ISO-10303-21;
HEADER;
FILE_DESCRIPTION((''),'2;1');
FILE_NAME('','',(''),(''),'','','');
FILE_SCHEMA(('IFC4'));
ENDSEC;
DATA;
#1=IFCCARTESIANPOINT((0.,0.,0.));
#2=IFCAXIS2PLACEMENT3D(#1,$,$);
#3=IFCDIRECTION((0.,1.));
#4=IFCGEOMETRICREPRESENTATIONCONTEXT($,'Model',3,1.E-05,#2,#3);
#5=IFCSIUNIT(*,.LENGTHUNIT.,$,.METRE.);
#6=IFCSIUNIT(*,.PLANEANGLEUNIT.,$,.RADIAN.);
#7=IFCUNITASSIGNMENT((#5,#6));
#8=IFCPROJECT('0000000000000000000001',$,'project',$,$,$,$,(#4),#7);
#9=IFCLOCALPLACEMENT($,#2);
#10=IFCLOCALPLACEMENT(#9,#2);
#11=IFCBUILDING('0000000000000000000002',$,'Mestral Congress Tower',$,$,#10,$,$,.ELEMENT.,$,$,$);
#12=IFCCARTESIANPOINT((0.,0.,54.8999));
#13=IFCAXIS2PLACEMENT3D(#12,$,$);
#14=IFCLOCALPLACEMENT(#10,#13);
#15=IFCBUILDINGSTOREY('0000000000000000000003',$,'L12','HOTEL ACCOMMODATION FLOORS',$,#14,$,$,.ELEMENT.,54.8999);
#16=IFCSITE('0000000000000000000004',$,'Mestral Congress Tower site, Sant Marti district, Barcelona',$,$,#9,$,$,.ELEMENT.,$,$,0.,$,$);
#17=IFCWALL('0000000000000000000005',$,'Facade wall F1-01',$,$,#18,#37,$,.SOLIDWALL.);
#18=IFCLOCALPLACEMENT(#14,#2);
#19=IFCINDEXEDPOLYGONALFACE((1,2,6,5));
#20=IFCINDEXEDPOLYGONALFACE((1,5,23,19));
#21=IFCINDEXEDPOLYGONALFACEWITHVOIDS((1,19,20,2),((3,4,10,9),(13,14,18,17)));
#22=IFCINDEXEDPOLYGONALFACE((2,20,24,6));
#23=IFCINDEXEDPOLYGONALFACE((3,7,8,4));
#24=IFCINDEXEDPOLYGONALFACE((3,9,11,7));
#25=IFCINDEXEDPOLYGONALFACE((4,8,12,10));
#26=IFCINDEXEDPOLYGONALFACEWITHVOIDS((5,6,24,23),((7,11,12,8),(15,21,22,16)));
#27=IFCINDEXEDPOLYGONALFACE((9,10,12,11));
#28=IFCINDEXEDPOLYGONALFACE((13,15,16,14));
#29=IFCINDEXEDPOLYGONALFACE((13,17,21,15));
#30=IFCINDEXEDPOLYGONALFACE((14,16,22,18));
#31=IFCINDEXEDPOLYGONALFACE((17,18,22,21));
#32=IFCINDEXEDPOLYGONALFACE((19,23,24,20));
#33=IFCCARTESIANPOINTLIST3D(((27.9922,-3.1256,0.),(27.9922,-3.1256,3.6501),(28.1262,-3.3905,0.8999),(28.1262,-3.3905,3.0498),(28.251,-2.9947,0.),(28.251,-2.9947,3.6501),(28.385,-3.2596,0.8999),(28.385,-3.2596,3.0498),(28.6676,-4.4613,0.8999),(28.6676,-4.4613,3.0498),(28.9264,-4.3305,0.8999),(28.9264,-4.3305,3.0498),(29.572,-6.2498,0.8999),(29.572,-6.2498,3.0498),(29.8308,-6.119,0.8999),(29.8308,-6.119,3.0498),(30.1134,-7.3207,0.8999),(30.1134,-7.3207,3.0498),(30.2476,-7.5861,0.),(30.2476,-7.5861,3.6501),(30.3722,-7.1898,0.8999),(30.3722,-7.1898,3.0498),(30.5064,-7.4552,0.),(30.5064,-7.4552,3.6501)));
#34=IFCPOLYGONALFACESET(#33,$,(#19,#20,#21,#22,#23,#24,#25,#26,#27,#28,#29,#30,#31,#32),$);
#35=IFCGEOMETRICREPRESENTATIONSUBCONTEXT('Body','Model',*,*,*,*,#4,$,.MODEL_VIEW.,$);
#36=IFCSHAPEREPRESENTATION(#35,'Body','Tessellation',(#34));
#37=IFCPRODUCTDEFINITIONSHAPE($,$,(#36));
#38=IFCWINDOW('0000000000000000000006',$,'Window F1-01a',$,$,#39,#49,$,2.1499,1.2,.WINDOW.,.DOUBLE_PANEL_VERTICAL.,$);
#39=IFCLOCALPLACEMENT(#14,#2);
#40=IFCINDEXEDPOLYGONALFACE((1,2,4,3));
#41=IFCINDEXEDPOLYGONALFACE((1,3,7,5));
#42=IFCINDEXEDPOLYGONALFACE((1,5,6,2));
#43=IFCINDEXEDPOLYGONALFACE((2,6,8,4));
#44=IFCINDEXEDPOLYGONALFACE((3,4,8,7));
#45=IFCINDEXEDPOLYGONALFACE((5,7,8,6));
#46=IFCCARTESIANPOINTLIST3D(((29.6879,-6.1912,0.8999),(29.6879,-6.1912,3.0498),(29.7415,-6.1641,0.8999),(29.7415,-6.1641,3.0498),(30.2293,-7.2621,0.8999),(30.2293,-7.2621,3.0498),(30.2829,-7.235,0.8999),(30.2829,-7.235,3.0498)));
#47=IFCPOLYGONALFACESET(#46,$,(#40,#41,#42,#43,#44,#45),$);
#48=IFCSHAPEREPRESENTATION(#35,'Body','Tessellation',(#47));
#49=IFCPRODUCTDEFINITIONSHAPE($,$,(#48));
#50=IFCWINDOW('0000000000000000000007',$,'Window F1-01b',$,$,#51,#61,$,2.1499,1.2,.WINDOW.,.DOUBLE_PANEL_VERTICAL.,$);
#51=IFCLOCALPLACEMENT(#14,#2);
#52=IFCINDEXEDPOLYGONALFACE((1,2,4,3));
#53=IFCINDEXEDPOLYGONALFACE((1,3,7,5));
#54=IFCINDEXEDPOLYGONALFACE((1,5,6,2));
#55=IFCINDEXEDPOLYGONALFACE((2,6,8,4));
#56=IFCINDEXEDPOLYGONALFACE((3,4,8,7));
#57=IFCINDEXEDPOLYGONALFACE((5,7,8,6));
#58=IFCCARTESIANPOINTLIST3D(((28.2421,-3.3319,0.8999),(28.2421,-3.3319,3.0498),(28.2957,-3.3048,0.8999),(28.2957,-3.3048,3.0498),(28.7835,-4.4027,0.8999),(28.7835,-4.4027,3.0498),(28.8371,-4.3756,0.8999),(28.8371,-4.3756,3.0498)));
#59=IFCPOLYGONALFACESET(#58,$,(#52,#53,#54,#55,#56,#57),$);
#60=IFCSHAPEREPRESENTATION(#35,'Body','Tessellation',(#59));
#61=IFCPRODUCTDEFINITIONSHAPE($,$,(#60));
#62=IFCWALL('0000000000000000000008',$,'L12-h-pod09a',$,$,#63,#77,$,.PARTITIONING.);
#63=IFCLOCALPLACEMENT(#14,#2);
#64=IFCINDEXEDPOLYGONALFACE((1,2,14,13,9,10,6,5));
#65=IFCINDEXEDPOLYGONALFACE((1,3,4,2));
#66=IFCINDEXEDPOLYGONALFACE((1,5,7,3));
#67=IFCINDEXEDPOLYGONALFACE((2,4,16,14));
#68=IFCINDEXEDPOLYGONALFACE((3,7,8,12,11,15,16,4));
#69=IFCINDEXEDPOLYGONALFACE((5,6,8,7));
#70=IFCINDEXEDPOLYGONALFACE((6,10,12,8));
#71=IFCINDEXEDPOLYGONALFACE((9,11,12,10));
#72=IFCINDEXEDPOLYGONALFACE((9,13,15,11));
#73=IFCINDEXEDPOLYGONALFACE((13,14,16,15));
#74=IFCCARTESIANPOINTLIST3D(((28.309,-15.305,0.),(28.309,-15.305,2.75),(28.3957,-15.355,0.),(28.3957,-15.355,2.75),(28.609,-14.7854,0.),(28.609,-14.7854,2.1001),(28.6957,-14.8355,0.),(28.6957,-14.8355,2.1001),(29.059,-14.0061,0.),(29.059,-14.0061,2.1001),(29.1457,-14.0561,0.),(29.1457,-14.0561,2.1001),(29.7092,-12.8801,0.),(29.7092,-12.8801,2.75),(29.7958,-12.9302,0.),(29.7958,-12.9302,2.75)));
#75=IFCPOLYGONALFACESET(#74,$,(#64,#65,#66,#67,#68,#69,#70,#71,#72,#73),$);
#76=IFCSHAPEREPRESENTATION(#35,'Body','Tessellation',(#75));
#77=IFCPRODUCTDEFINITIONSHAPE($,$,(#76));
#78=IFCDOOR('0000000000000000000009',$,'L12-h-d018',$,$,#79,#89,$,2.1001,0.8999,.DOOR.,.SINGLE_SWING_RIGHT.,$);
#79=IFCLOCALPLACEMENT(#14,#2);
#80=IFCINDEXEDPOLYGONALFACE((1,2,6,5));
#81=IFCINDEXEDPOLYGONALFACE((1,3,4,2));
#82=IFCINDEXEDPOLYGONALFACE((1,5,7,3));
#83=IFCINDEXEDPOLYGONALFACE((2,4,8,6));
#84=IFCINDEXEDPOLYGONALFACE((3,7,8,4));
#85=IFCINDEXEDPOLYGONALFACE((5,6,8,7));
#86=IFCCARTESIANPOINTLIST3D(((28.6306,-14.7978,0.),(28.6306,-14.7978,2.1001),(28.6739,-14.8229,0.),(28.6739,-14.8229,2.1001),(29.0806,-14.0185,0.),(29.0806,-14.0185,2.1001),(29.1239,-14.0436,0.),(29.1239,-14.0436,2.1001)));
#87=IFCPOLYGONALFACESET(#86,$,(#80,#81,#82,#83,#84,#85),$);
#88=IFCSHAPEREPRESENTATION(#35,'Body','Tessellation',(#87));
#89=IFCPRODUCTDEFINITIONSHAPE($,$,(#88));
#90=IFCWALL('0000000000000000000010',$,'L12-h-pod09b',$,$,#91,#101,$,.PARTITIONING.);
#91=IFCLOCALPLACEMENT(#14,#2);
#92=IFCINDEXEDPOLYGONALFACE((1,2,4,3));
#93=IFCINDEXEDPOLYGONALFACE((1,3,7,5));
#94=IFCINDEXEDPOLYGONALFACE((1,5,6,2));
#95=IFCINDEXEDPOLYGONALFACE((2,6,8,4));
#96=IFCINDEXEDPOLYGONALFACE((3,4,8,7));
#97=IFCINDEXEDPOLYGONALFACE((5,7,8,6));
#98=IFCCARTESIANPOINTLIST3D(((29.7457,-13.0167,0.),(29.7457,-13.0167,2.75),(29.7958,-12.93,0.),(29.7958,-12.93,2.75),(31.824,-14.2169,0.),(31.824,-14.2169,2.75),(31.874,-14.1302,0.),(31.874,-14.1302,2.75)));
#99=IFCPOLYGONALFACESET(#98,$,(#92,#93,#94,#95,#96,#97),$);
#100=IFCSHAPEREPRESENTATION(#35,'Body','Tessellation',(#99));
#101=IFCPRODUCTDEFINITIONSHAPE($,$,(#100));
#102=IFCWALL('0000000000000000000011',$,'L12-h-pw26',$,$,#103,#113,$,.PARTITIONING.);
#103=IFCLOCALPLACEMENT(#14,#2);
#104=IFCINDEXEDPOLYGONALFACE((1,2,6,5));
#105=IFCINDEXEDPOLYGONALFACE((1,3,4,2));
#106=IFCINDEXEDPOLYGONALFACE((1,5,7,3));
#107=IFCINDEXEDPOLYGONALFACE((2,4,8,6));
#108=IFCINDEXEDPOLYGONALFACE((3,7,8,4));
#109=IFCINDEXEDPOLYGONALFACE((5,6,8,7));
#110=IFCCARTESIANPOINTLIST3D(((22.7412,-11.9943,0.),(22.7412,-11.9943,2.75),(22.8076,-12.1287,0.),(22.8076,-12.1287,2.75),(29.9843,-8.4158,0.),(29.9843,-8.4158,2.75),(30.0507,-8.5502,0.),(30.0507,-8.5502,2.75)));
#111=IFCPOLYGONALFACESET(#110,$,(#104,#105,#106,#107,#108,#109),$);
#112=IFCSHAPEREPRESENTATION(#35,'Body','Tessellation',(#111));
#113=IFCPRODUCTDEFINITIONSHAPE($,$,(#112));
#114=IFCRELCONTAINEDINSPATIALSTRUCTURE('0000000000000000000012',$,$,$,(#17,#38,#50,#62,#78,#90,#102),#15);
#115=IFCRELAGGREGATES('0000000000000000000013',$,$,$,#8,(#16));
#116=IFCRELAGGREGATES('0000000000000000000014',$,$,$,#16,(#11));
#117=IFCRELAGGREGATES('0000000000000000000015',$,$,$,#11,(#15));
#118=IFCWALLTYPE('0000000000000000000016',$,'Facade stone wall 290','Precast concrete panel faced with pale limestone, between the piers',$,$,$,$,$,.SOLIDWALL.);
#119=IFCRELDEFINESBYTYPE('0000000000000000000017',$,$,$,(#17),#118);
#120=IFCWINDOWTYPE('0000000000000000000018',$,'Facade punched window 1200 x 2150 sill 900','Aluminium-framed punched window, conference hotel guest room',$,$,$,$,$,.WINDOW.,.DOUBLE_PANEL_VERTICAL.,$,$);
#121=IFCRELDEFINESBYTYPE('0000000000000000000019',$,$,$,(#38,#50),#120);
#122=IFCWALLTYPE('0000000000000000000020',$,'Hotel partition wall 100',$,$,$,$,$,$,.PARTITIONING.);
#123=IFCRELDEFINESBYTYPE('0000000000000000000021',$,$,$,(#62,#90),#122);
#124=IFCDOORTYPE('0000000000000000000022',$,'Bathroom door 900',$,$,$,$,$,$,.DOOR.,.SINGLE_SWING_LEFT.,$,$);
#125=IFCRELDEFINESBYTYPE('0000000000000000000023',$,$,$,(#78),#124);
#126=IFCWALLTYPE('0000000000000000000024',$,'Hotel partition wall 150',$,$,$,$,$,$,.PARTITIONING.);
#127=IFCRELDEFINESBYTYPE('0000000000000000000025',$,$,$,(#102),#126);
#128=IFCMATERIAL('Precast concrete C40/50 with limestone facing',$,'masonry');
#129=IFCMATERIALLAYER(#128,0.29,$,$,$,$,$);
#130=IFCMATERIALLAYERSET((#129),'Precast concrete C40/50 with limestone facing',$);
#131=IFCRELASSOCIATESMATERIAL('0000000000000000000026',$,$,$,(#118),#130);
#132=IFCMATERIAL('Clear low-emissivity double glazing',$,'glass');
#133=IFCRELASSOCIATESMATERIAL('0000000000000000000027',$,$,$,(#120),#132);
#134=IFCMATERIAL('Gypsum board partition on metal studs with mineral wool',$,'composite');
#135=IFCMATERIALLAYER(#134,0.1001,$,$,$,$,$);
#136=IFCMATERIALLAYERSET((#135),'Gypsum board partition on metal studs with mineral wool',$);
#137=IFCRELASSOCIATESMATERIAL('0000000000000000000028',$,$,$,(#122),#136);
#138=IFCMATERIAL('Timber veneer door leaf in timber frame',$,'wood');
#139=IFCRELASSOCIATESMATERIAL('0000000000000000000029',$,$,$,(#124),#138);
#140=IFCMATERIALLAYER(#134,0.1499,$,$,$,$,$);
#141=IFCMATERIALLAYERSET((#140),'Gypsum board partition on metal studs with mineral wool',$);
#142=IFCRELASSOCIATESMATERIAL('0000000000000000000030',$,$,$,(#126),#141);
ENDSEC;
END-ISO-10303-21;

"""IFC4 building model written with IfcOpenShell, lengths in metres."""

from ifc_helpers import new_model, si_unit, direction, frame, frame_2d, origin, place, context, subcontext, project, spatial, rectangle, extrude, material, layer, layer_set, type_object, element, fill, save


model = new_model("IFC4")

# Units and contexts
model_context = context("Model", 3, precision=1e-05, world=origin(), true_north=direction((0.0, 1.0)))
body_context = subcontext(model_context, "Body", "Model", "MODEL_VIEW")
ifc_project = project(units=[si_unit("LENGTHUNIT", "METRE"), si_unit("PLANEANGLEUNIT", "RADIAN")], contexts=[model_context])

# Site, building, storey
site_placement = place(None, origin())
site = spatial("IfcSite", under=ifc_project, at=site_placement, Name="Mestral Congress Tower site, Sant Marti district, Barcelona", CompositionType="ELEMENT", RefElevation=0.0)
building_placement = place(site_placement, origin())
building = spatial("IfcBuilding", under=site, at=building_placement, Name="Mestral Congress Tower", CompositionType="ELEMENT")
storey_placement = place(building_placement, frame((0.0, 0.0, 54.8999)))
storey = spatial("IfcBuildingStorey", under=building, at=storey_placement, Name="L12", Description="HOTEL ACCOMMODATION FLOORS", CompositionType="ELEMENT", Elevation=54.8999)

# Shared definitions
ifc_material_1 = material(Name="Precast concrete C40/50 with limestone facing", Category="masonry")
ifc_layer_1 = layer(ifc_material_1, 0.29)
ifc_layer_set_1 = layer_set([ifc_layer_1], Name="Precast concrete C40/50 with limestone facing")
wall_type_1 = type_object("IfcWallType", Name="Facade stone wall 290", Description="Precast concrete panel faced with pale limestone, between the piers", PredefinedType="SOLIDWALL", material=ifc_layer_set_1)
ifc_material_2 = material(Name="Clear low-emissivity double glazing", Category="glass")

# Wall, openings, windows
window_type_1 = type_object("IfcWindowType", Name="Facade punched window 1200 x 2150 sill 900", Description="Aluminium-framed punched window, conference hotel guest room", PartitioningType="DOUBLE_PANEL_VERTICAL", PredefinedType="WINDOW", material=ifc_material_2)
wall_1_placement = place(storey_placement, frame((30.377, -7.5205, 0.0), z_axis=(0.0, 0.0, 1.0), x_axis=(-0.451234, 0.892406, 0.0)))
wall_1 = element("IfcWall", 1, at=wall_1_placement, inside=storey, type_object=wall_type_1, Name="Facade wall F1-01", PredefinedType="SOLIDWALL", context=body_context, shape_type="SweptSolid", body=[
    extrude(rectangle(XDim=4.9983, YDim=0.29, at=frame_2d((2.499, 0.0))), origin(), (0.0, 0.0, 1.0), 3.6501),
])
opening_1_placement = place(wall_1_placement, frame((0.2971, 0.0, 0.8999)))
opening_1 = element("IfcOpeningElement", 2, at=opening_1_placement, cuts=wall_1, PredefinedType="OPENING", context=body_context, shape_type="SweptSolid", body=[
    extrude(rectangle(XDim=1.2, YDim=2.1499, at=frame_2d((0.6001, 1.075))), frame((0.0, 0.155, 0.0), z_axis=(0.0, -1.0, 0.0), x_axis=(1.0, 0.0, 0.0)), (0.0, 0.0, 1.0), 0.3101),
])
opening_2_placement = place(wall_1_placement, frame((3.5012, 0.0, 0.8999)))
opening_2 = element("IfcOpeningElement", 3, at=opening_2_placement, cuts=wall_1, PredefinedType="OPENING", context=body_context, shape_type="SweptSolid", body=[
    extrude(rectangle(XDim=1.2, YDim=2.1499, at=frame_2d((0.6001, 1.075))), frame((0.0, 0.155, 0.0), z_axis=(0.0, -1.0, 0.0), x_axis=(1.0, 0.0, 0.0)), (0.0, 0.0, 1.0), 0.3101),
])
window_1_placement = place(opening_1_placement, origin())
window_1 = element("IfcWindow", 4, at=window_1_placement, inside=storey, type_object=window_type_1, Name="Window F1-01a", OverallHeight=2.1499, OverallWidth=1.2, PartitioningType="DOUBLE_PANEL_VERTICAL", PredefinedType="WINDOW", context=body_context, shape_type="SweptSolid", body=[
    extrude(rectangle(XDim=1.2, YDim=2.1499, at=frame_2d((0.6001, 1.075))), frame((0.0, 0.0151, 0.0), z_axis=(0.0, -1.0, 0.0), x_axis=(1.0, 0.0, 0.0)), (0.0, 0.0, 1.0), 0.0601),
])
fill(opening_1, window_1)
window_2_placement = place(opening_2_placement, origin())
window_2 = element("IfcWindow", 5, at=window_2_placement, inside=storey, type_object=window_type_1, Name="Window F1-01b", OverallHeight=2.1499, OverallWidth=1.2, PartitioningType="DOUBLE_PANEL_VERTICAL", PredefinedType="WINDOW", context=body_context, shape_type="SweptSolid", body=[
    extrude(rectangle(XDim=1.2, YDim=2.1499, at=frame_2d((0.6001, 1.075))), frame((0.0, 0.0151, 0.0), z_axis=(0.0, -1.0, 0.0), x_axis=(1.0, 0.0, 0.0)), (0.0, 0.0, 1.0), 0.0601),
])
fill(opening_2, window_2)

# Wall, opening, door
ifc_material_3 = material(Name="Gypsum board partition on metal studs with mineral wool", Category="composite")
ifc_layer_2 = layer(ifc_material_3, 0.1001)
ifc_layer_set_2 = layer_set([ifc_layer_2], Name="Gypsum board partition on metal studs with mineral wool")
wall_type_2 = type_object("IfcWallType", Name="Hotel partition wall 100", PredefinedType="PARTITIONING", material=ifc_layer_set_2)
wall_2_placement = place(storey_placement, frame((29.7524, -12.9053, 0.0), z_axis=(0.0, 0.0, 1.0), x_axis=(-0.50005, -0.865997, 0.0)))
wall_2 = element("IfcWall", 6, at=wall_2_placement, inside=storey, type_object=wall_type_2, Name="L12-h-pod09a", PredefinedType="PARTITIONING", context=body_context, shape_type="SweptSolid", body=[
    extrude(rectangle(XDim=2.8, YDim=0.1001, at=frame_2d((1.3999, 0.0))), origin(), (0.0, 0.0, 1.0), 2.75),
])
opening_3_placement = place(wall_2_placement, frame((1.3, 0.0, 0.0)))
opening_3 = element("IfcOpeningElement", 7, at=opening_3_placement, cuts=wall_2, PredefinedType="OPENING", context=body_context, shape_type="SweptSolid", body=[
    extrude(rectangle(XDim=0.8999, YDim=2.1001, at=frame_2d((0.45, 1.05))), frame((0.0, 0.0601, 0.0), z_axis=(0.0, -1.0, 0.0), x_axis=(1.0, 0.0, 0.0)), (0.0, 0.0, 1.0), 0.1201),
])
ifc_material_4 = material(Name="Timber veneer door leaf in timber frame", Category="wood")
door_type = type_object("IfcDoorType", Name="Bathroom door 900", OperationType="SINGLE_SWING_LEFT", PredefinedType="DOOR", material=ifc_material_4)
door_placement = place(opening_3_placement, origin())
door = element("IfcDoor", 8, at=door_placement, inside=storey, type_object=door_type, Name="L12-h-d018", OperationType="SINGLE_SWING_RIGHT", OverallHeight=2.1001, OverallWidth=0.8999, PredefinedType="DOOR", context=body_context, shape_type="SweptSolid", body=[
    extrude(rectangle(XDim=0.8999, YDim=2.1001, at=frame_2d((0.45, 1.05))), frame((0.0, 0.0249, 0.0), z_axis=(0.0, -1.0, 0.0), x_axis=(1.0, 0.0, 0.0)), (0.0, 0.0, 1.0), 0.05),
])
fill(opening_3, door)

# Walls
wall_3_placement = place(storey_placement, frame((29.7708, -12.9734, 0.0), z_axis=(0.0, 0.0, 1.0), x_axis=(0.865981, -0.500078, 0.0)))
element("IfcWall", 9, at=wall_3_placement, inside=storey, type_object=wall_type_2, Name="L12-h-pod09b", PredefinedType="PARTITIONING", context=body_context, shape_type="SweptSolid", body=[
    extrude(rectangle(XDim=2.3999, YDim=0.1001, at=frame_2d((1.2, 0.0))), origin(), (0.0, 0.0, 1.0), 2.75),
])
ifc_layer_3 = layer(ifc_material_3, 0.1499)
ifc_layer_set_3 = layer_set([ifc_layer_3], Name="Gypsum board partition on metal studs with mineral wool")
wall_type_3 = type_object("IfcWallType", Name="Hotel partition wall 150", PredefinedType="PARTITIONING", material=ifc_layer_set_3)
wall_4_placement = place(storey_placement, frame((30.0176, -8.4829, 0.0), z_axis=(0.0, 0.0, 1.0), x_axis=(-0.896545, -0.442954, 0.0)))
element("IfcWall", 10, at=wall_4_placement, inside=storey, type_object=wall_type_3, Name="L12-h-pw26", PredefinedType="PARTITIONING", context=body_context, shape_type="SweptSolid", body=[
    extrude(rectangle(XDim=8.0789, YDim=0.1499, at=frame_2d((4.0396, 0.0))), origin(), (0.0, 0.0, 1.0), 2.75),
])

save(model, "model.ifc")
